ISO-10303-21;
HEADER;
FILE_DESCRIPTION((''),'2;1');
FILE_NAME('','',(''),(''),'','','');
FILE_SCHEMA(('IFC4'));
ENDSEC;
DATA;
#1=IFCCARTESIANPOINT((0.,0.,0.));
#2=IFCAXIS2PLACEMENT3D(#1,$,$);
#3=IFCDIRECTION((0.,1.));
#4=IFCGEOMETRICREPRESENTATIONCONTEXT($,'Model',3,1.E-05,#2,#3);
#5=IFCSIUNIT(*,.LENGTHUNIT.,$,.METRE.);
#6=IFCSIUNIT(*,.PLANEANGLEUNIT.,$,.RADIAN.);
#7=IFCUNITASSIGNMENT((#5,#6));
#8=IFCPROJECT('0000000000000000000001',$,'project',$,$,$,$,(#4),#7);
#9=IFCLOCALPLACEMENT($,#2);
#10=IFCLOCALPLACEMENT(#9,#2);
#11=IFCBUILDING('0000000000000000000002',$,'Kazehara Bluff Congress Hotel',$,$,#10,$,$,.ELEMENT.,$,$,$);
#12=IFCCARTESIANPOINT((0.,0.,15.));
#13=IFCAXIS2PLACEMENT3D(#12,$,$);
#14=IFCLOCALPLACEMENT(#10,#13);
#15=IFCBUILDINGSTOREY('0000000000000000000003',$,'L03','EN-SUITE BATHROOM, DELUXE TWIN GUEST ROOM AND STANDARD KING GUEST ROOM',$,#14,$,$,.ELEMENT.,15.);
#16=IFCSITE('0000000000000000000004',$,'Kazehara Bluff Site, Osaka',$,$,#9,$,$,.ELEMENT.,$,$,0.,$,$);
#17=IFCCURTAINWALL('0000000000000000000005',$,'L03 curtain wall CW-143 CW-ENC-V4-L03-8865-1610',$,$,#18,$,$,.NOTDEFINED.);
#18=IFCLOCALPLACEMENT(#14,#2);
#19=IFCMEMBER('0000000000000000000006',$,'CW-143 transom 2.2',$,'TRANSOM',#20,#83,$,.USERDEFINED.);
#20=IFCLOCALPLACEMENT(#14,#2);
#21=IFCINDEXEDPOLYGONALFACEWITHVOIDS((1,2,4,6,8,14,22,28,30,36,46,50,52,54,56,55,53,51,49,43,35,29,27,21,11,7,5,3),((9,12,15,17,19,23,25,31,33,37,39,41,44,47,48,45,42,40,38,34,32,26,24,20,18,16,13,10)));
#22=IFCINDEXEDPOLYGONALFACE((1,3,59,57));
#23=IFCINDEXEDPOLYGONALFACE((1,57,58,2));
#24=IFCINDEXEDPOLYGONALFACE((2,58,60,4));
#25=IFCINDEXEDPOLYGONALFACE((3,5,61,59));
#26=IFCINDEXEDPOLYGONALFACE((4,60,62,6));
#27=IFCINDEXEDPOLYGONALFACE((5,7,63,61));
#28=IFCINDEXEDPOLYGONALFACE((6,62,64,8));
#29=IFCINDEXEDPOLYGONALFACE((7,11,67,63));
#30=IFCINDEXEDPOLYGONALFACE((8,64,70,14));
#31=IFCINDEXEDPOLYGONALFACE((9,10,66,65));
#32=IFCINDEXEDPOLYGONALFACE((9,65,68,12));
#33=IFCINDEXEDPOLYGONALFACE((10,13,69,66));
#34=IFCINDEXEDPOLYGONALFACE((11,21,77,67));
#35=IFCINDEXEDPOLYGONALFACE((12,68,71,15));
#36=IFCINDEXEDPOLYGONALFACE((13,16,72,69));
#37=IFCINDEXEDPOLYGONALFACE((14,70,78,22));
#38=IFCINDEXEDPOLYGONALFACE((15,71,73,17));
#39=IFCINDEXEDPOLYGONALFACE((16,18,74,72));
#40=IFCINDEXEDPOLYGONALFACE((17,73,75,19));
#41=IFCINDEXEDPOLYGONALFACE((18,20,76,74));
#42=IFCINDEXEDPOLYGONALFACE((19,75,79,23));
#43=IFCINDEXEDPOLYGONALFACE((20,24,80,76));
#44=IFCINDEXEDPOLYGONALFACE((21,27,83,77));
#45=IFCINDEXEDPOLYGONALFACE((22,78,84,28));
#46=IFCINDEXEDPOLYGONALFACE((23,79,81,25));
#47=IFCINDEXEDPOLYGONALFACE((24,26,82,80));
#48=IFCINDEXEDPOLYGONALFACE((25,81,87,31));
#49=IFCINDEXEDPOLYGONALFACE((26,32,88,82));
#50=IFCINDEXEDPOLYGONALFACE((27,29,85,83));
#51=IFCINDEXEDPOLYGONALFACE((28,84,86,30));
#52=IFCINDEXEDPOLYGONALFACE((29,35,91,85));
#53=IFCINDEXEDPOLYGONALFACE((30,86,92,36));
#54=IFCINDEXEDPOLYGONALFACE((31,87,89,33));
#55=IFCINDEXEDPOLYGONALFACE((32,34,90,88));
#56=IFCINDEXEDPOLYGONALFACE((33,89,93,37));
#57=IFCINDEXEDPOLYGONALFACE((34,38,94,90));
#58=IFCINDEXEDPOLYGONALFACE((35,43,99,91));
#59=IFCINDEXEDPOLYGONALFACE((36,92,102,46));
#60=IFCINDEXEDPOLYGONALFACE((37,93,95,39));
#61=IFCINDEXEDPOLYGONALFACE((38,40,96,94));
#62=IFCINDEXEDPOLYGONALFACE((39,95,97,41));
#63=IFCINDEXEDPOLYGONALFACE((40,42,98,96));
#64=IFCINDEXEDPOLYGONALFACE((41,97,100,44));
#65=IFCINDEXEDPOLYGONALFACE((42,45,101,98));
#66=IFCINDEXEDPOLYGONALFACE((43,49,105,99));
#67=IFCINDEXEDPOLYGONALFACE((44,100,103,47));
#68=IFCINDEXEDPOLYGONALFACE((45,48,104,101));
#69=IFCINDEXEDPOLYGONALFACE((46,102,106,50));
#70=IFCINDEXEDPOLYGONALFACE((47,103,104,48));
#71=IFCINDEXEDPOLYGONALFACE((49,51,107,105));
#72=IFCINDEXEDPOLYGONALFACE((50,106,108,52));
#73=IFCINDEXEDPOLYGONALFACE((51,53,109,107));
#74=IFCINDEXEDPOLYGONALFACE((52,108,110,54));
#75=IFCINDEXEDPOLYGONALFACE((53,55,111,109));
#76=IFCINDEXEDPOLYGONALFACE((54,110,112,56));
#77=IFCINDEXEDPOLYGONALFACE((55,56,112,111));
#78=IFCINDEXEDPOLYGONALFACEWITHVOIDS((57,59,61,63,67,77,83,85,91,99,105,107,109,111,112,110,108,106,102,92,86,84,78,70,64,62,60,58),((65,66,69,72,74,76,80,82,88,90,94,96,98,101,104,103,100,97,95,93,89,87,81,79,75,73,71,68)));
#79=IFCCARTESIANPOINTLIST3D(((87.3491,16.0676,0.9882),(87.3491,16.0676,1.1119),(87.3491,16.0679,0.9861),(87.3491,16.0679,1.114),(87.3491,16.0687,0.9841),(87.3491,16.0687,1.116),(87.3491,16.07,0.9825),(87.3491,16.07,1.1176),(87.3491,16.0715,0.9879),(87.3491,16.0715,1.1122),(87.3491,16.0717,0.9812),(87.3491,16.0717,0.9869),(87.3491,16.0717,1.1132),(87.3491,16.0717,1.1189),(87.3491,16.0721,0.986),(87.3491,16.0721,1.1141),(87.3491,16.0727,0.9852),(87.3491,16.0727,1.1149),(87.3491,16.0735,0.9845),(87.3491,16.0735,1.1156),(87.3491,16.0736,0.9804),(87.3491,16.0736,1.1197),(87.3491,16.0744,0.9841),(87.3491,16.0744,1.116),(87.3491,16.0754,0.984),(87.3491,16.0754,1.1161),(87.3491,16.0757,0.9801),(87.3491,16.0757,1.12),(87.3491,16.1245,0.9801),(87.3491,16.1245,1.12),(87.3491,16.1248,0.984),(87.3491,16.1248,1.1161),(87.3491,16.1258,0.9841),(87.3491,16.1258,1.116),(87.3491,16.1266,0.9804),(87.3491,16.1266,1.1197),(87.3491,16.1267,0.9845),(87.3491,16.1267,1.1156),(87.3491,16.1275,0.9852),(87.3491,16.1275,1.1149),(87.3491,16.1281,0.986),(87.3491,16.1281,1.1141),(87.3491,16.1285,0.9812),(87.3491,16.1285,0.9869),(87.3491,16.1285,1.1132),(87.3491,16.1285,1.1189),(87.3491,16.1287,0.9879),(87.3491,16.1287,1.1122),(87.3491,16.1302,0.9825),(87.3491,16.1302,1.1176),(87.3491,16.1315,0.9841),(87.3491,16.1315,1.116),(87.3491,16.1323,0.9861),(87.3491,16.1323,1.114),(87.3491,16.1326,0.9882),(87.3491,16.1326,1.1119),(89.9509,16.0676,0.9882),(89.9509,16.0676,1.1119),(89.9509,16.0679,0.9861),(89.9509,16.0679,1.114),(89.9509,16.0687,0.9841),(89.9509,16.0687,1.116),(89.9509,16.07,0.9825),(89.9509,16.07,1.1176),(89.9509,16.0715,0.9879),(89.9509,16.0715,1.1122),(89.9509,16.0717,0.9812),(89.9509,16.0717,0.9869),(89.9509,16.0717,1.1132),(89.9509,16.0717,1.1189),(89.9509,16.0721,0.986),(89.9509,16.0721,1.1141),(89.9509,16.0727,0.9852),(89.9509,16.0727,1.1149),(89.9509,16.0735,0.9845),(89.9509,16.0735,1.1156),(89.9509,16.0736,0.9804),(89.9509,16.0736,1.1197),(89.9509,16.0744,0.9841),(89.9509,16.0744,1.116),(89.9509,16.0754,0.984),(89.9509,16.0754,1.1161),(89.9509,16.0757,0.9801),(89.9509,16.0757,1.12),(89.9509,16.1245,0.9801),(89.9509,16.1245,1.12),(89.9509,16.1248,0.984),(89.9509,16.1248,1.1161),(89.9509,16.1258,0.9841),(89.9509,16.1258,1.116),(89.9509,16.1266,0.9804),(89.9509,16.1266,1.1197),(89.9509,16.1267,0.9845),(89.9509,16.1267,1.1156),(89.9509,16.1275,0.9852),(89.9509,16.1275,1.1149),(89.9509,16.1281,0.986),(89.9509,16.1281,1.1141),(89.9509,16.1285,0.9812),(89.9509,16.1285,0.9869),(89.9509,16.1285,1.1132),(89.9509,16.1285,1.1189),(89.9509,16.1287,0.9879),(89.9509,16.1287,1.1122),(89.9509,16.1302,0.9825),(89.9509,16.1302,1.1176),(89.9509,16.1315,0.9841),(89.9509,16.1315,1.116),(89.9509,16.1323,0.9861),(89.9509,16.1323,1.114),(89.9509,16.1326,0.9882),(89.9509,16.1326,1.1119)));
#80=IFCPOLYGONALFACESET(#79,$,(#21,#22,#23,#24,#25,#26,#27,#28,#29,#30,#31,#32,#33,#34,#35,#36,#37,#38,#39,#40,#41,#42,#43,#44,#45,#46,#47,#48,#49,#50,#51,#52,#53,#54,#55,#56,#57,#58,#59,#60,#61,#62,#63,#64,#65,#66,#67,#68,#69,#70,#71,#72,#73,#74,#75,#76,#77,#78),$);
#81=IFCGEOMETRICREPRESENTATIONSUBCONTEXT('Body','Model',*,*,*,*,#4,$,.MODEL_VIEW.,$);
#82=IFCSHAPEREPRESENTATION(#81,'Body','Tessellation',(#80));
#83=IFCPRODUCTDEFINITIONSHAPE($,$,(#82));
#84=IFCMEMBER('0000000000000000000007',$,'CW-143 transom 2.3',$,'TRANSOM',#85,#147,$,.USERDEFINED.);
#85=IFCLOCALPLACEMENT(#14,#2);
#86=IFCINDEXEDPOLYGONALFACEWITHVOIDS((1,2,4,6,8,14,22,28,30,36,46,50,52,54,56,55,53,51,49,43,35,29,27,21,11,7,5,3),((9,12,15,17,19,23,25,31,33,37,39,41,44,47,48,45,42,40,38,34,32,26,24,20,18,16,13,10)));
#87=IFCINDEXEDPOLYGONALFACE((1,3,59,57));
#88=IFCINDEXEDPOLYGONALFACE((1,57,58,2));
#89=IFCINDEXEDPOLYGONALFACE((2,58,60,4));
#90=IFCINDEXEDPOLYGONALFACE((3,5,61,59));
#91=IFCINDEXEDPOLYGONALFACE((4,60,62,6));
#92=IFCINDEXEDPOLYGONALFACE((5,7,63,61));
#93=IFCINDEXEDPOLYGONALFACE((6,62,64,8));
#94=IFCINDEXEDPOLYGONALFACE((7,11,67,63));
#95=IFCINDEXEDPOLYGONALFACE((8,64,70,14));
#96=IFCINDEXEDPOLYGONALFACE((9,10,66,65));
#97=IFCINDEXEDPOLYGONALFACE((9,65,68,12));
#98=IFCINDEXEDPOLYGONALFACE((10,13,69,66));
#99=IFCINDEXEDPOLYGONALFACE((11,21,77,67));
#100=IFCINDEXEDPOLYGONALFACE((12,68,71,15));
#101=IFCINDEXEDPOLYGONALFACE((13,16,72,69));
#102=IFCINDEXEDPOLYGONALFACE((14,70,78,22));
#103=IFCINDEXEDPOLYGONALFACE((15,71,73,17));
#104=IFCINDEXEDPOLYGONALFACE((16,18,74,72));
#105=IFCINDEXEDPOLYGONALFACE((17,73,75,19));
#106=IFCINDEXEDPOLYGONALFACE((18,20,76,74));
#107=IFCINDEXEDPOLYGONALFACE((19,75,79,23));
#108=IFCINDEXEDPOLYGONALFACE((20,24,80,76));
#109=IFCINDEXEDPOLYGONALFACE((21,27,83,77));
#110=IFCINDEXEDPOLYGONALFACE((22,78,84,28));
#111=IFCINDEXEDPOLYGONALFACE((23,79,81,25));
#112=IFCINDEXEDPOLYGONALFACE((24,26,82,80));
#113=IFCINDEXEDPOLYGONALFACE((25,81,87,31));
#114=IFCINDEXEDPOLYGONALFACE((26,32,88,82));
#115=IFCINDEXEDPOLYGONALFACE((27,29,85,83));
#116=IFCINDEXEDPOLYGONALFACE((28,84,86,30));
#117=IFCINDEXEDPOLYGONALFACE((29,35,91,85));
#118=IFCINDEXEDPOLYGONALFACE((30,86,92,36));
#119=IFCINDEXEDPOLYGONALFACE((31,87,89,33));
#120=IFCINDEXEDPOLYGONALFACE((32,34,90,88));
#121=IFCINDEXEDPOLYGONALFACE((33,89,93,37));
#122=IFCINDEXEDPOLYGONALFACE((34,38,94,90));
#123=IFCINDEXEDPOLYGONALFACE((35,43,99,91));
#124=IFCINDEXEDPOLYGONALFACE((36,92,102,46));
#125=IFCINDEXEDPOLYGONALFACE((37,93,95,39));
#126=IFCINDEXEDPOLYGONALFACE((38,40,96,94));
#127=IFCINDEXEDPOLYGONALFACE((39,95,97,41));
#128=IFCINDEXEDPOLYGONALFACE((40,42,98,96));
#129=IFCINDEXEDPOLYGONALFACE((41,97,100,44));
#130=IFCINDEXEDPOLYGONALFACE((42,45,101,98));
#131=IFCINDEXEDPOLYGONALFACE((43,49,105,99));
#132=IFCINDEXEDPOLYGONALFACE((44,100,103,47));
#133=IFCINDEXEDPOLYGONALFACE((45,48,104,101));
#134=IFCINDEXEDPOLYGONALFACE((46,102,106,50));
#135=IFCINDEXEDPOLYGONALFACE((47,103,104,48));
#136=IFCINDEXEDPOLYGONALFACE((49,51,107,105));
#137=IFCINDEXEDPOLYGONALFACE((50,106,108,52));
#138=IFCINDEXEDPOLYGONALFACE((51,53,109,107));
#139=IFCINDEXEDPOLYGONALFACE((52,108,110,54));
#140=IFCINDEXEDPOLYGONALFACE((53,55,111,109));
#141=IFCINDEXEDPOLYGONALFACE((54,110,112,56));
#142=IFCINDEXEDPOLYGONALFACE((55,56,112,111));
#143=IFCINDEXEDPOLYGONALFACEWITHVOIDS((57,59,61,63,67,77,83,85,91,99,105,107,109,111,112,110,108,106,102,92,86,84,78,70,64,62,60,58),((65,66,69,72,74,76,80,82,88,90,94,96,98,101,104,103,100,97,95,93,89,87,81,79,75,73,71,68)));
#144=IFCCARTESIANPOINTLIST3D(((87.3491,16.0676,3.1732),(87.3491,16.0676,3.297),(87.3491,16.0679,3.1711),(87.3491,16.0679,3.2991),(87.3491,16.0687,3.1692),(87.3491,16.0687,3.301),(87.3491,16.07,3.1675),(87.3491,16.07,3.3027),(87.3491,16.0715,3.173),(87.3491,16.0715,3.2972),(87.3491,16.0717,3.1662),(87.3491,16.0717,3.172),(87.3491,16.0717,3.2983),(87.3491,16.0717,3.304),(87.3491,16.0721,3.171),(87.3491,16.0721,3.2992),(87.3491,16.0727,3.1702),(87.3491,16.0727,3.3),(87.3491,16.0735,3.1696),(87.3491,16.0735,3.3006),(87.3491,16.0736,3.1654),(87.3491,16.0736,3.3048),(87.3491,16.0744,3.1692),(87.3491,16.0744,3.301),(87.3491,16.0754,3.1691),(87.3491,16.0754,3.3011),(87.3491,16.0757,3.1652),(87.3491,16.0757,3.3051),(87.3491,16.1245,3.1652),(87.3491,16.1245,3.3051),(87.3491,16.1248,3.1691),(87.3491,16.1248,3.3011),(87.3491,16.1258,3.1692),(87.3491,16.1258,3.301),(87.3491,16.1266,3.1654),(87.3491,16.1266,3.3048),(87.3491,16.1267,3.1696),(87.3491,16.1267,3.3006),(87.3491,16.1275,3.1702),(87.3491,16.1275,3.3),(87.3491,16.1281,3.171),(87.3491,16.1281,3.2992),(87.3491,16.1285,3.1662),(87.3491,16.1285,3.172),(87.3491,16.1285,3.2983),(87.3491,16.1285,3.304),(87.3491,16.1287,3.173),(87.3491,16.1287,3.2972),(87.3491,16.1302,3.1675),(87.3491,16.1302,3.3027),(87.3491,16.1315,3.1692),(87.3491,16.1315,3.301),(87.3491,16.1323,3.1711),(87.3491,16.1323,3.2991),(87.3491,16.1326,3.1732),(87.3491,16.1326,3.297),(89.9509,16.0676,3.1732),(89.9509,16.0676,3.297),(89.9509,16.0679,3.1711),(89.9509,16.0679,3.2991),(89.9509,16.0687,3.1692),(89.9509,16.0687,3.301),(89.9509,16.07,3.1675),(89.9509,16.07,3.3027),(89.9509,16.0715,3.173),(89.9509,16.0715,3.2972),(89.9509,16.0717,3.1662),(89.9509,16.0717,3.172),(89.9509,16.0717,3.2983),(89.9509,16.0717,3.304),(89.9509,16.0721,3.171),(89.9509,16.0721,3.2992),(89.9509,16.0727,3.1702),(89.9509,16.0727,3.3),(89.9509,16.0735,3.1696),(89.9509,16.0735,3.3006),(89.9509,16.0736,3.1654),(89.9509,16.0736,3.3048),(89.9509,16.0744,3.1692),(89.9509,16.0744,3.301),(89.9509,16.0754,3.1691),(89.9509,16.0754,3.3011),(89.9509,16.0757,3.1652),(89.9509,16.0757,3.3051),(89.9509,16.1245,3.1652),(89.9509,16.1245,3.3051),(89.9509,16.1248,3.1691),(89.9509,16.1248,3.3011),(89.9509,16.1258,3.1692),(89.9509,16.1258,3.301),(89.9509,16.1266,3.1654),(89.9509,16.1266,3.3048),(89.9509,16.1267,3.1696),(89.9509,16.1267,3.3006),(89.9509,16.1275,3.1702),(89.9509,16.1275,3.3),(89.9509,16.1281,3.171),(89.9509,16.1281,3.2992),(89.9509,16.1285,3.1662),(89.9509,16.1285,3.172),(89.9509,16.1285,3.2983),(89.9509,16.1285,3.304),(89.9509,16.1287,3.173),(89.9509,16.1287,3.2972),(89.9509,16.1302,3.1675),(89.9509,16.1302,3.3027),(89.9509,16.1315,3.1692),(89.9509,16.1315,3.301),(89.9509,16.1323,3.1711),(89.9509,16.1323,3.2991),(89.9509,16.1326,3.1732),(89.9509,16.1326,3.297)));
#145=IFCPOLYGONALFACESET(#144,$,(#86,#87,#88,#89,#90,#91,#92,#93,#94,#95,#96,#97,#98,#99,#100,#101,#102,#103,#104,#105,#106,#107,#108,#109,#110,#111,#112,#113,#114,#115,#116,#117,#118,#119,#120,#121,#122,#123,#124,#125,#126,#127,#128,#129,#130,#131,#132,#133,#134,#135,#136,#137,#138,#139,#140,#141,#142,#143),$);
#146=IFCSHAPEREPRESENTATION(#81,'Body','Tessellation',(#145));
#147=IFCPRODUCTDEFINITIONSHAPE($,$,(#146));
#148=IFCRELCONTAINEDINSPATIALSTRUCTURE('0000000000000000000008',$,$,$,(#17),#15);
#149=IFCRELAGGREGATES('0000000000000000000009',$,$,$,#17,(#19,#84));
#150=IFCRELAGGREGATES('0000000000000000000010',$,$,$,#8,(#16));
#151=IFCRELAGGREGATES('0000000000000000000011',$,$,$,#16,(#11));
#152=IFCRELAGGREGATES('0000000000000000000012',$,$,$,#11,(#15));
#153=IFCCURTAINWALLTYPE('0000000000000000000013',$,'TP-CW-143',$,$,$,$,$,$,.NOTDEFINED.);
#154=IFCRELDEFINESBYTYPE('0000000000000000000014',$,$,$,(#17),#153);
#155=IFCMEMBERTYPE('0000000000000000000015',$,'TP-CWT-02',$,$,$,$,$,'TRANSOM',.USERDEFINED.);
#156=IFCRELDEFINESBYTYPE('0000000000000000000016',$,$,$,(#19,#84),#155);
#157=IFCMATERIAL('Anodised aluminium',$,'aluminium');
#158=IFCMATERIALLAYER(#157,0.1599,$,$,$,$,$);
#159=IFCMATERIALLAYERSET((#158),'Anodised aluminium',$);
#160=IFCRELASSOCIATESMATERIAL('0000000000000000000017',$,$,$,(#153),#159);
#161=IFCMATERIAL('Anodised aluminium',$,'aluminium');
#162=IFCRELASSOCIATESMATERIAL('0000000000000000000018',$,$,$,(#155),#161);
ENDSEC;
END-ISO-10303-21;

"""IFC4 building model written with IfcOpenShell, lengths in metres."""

from ifc_helpers import new_model, si_unit, direction, frame, origin, origin_2d, place, context, subcontext, project, spatial, hollow_rectangle, extrude, material, layer, layer_set, material_profile, profile_set, type_object, element, aggregate, save


model = new_model("IFC4")

# Units and contexts
model_context = context("Model", 3, precision=1e-05, world=origin(), true_north=direction((0.0, 1.0)))
body_context = subcontext(model_context, "Body", "Model", "MODEL_VIEW")
ifc_project = project(units=[si_unit("LENGTHUNIT", "METRE"), si_unit("PLANEANGLEUNIT", "RADIAN")], contexts=[model_context])

# Site, building, storey
site_placement = place(None, origin())
site = spatial("IfcSite", under=ifc_project, at=site_placement, Name="Kazehara Bluff Site, Osaka", CompositionType="ELEMENT", RefElevation=0.0)
building_placement = place(site_placement, origin())
building = spatial("IfcBuilding", under=site, at=building_placement, Name="Kazehara Bluff Congress Hotel", CompositionType="ELEMENT")
storey_placement = place(building_placement, frame((0.0, 0.0, 15.0)))
storey = spatial("IfcBuildingStorey", under=building, at=storey_placement, Name="L03", Description="EN-SUITE BATHROOM, DELUXE TWIN GUEST ROOM AND STANDARD KING GUEST ROOM", CompositionType="ELEMENT", Elevation=15.0)

# Curtain wall, members
ifc_material_1 = material(Name="Anodised aluminium", Category="aluminium")
ifc_layer_1 = layer(ifc_material_1, 0.1599)
ifc_layer_set_1 = layer_set([ifc_layer_1], Name="Anodised aluminium")
curtain_wall_type = type_object("IfcCurtainWallType", Name="TP-CW-143", PredefinedType="NOTDEFINED", material=ifc_layer_set_1)
curtain_wall_placement = place(storey_placement, origin())
curtain_wall = element("IfcCurtainWall", 1, at=curtain_wall_placement, inside=storey, type_object=curtain_wall_type, Name="L03 curtain wall CW-143 CW-ENC-V4-L03-8865-1610", PredefinedType="NOTDEFINED")
ifc_material_2 = material(Name="Anodised aluminium", Category="aluminium")
ifc_material_profile_1 = material_profile(ifc_material_2, hollow_rectangle(XDim=0.0649, YDim=0.1399, WallThickness=0.0039, InnerFilletRadius=0.0039, OuterFilletRadius=0.0081, at=origin_2d()))
ifc_profile_set_1 = profile_set([ifc_material_profile_1], Name="Anodised aluminium")
member_type_1 = type_object("IfcMemberType", Name="TP-CWT-02", ElementType="TRANSOM", PredefinedType="USERDEFINED", material=ifc_profile_set_1)
member_1_placement = place(storey_placement, frame((89.9509, 16.1001, 1.05), z_axis=(-1.0, 0.0, 0.0), x_axis=(0.0, -1.0, 0.0)))
member_1 = element("IfcMember", 2, at=member_1_placement, type_object=member_type_1, Name="CW-143 transom 2.2", ObjectType="TRANSOM", PredefinedType="USERDEFINED", context=body_context, shape_type="SweptSolid", body=[
    extrude(hollow_rectangle(XDim=0.0649, YDim=0.1399, WallThickness=0.0039, InnerFilletRadius=0.0039, OuterFilletRadius=0.0081, at=origin_2d()), origin(), (0.0, 0.0, 1.0), 2.6018),
])
member_2_placement = place(storey_placement, frame((89.9509, 16.1001, 3.2351), z_axis=(-1.0, 0.0, 0.0), x_axis=(0.0, -1.0, 0.0)))
member_2 = element("IfcMember", 3, at=member_2_placement, type_object=member_type_1, Name="CW-143 transom 2.3", ObjectType="TRANSOM", PredefinedType="USERDEFINED", context=body_context, shape_type="SweptSolid", body=[
    extrude(hollow_rectangle(XDim=0.0649, YDim=0.1399, WallThickness=0.0039, InnerFilletRadius=0.0039, OuterFilletRadius=0.0081, at=origin_2d()), origin(), (0.0, 0.0, 1.0), 2.6018),
])

aggregate(curtain_wall, [member_1, member_2])

save(model, "model.ifc")
